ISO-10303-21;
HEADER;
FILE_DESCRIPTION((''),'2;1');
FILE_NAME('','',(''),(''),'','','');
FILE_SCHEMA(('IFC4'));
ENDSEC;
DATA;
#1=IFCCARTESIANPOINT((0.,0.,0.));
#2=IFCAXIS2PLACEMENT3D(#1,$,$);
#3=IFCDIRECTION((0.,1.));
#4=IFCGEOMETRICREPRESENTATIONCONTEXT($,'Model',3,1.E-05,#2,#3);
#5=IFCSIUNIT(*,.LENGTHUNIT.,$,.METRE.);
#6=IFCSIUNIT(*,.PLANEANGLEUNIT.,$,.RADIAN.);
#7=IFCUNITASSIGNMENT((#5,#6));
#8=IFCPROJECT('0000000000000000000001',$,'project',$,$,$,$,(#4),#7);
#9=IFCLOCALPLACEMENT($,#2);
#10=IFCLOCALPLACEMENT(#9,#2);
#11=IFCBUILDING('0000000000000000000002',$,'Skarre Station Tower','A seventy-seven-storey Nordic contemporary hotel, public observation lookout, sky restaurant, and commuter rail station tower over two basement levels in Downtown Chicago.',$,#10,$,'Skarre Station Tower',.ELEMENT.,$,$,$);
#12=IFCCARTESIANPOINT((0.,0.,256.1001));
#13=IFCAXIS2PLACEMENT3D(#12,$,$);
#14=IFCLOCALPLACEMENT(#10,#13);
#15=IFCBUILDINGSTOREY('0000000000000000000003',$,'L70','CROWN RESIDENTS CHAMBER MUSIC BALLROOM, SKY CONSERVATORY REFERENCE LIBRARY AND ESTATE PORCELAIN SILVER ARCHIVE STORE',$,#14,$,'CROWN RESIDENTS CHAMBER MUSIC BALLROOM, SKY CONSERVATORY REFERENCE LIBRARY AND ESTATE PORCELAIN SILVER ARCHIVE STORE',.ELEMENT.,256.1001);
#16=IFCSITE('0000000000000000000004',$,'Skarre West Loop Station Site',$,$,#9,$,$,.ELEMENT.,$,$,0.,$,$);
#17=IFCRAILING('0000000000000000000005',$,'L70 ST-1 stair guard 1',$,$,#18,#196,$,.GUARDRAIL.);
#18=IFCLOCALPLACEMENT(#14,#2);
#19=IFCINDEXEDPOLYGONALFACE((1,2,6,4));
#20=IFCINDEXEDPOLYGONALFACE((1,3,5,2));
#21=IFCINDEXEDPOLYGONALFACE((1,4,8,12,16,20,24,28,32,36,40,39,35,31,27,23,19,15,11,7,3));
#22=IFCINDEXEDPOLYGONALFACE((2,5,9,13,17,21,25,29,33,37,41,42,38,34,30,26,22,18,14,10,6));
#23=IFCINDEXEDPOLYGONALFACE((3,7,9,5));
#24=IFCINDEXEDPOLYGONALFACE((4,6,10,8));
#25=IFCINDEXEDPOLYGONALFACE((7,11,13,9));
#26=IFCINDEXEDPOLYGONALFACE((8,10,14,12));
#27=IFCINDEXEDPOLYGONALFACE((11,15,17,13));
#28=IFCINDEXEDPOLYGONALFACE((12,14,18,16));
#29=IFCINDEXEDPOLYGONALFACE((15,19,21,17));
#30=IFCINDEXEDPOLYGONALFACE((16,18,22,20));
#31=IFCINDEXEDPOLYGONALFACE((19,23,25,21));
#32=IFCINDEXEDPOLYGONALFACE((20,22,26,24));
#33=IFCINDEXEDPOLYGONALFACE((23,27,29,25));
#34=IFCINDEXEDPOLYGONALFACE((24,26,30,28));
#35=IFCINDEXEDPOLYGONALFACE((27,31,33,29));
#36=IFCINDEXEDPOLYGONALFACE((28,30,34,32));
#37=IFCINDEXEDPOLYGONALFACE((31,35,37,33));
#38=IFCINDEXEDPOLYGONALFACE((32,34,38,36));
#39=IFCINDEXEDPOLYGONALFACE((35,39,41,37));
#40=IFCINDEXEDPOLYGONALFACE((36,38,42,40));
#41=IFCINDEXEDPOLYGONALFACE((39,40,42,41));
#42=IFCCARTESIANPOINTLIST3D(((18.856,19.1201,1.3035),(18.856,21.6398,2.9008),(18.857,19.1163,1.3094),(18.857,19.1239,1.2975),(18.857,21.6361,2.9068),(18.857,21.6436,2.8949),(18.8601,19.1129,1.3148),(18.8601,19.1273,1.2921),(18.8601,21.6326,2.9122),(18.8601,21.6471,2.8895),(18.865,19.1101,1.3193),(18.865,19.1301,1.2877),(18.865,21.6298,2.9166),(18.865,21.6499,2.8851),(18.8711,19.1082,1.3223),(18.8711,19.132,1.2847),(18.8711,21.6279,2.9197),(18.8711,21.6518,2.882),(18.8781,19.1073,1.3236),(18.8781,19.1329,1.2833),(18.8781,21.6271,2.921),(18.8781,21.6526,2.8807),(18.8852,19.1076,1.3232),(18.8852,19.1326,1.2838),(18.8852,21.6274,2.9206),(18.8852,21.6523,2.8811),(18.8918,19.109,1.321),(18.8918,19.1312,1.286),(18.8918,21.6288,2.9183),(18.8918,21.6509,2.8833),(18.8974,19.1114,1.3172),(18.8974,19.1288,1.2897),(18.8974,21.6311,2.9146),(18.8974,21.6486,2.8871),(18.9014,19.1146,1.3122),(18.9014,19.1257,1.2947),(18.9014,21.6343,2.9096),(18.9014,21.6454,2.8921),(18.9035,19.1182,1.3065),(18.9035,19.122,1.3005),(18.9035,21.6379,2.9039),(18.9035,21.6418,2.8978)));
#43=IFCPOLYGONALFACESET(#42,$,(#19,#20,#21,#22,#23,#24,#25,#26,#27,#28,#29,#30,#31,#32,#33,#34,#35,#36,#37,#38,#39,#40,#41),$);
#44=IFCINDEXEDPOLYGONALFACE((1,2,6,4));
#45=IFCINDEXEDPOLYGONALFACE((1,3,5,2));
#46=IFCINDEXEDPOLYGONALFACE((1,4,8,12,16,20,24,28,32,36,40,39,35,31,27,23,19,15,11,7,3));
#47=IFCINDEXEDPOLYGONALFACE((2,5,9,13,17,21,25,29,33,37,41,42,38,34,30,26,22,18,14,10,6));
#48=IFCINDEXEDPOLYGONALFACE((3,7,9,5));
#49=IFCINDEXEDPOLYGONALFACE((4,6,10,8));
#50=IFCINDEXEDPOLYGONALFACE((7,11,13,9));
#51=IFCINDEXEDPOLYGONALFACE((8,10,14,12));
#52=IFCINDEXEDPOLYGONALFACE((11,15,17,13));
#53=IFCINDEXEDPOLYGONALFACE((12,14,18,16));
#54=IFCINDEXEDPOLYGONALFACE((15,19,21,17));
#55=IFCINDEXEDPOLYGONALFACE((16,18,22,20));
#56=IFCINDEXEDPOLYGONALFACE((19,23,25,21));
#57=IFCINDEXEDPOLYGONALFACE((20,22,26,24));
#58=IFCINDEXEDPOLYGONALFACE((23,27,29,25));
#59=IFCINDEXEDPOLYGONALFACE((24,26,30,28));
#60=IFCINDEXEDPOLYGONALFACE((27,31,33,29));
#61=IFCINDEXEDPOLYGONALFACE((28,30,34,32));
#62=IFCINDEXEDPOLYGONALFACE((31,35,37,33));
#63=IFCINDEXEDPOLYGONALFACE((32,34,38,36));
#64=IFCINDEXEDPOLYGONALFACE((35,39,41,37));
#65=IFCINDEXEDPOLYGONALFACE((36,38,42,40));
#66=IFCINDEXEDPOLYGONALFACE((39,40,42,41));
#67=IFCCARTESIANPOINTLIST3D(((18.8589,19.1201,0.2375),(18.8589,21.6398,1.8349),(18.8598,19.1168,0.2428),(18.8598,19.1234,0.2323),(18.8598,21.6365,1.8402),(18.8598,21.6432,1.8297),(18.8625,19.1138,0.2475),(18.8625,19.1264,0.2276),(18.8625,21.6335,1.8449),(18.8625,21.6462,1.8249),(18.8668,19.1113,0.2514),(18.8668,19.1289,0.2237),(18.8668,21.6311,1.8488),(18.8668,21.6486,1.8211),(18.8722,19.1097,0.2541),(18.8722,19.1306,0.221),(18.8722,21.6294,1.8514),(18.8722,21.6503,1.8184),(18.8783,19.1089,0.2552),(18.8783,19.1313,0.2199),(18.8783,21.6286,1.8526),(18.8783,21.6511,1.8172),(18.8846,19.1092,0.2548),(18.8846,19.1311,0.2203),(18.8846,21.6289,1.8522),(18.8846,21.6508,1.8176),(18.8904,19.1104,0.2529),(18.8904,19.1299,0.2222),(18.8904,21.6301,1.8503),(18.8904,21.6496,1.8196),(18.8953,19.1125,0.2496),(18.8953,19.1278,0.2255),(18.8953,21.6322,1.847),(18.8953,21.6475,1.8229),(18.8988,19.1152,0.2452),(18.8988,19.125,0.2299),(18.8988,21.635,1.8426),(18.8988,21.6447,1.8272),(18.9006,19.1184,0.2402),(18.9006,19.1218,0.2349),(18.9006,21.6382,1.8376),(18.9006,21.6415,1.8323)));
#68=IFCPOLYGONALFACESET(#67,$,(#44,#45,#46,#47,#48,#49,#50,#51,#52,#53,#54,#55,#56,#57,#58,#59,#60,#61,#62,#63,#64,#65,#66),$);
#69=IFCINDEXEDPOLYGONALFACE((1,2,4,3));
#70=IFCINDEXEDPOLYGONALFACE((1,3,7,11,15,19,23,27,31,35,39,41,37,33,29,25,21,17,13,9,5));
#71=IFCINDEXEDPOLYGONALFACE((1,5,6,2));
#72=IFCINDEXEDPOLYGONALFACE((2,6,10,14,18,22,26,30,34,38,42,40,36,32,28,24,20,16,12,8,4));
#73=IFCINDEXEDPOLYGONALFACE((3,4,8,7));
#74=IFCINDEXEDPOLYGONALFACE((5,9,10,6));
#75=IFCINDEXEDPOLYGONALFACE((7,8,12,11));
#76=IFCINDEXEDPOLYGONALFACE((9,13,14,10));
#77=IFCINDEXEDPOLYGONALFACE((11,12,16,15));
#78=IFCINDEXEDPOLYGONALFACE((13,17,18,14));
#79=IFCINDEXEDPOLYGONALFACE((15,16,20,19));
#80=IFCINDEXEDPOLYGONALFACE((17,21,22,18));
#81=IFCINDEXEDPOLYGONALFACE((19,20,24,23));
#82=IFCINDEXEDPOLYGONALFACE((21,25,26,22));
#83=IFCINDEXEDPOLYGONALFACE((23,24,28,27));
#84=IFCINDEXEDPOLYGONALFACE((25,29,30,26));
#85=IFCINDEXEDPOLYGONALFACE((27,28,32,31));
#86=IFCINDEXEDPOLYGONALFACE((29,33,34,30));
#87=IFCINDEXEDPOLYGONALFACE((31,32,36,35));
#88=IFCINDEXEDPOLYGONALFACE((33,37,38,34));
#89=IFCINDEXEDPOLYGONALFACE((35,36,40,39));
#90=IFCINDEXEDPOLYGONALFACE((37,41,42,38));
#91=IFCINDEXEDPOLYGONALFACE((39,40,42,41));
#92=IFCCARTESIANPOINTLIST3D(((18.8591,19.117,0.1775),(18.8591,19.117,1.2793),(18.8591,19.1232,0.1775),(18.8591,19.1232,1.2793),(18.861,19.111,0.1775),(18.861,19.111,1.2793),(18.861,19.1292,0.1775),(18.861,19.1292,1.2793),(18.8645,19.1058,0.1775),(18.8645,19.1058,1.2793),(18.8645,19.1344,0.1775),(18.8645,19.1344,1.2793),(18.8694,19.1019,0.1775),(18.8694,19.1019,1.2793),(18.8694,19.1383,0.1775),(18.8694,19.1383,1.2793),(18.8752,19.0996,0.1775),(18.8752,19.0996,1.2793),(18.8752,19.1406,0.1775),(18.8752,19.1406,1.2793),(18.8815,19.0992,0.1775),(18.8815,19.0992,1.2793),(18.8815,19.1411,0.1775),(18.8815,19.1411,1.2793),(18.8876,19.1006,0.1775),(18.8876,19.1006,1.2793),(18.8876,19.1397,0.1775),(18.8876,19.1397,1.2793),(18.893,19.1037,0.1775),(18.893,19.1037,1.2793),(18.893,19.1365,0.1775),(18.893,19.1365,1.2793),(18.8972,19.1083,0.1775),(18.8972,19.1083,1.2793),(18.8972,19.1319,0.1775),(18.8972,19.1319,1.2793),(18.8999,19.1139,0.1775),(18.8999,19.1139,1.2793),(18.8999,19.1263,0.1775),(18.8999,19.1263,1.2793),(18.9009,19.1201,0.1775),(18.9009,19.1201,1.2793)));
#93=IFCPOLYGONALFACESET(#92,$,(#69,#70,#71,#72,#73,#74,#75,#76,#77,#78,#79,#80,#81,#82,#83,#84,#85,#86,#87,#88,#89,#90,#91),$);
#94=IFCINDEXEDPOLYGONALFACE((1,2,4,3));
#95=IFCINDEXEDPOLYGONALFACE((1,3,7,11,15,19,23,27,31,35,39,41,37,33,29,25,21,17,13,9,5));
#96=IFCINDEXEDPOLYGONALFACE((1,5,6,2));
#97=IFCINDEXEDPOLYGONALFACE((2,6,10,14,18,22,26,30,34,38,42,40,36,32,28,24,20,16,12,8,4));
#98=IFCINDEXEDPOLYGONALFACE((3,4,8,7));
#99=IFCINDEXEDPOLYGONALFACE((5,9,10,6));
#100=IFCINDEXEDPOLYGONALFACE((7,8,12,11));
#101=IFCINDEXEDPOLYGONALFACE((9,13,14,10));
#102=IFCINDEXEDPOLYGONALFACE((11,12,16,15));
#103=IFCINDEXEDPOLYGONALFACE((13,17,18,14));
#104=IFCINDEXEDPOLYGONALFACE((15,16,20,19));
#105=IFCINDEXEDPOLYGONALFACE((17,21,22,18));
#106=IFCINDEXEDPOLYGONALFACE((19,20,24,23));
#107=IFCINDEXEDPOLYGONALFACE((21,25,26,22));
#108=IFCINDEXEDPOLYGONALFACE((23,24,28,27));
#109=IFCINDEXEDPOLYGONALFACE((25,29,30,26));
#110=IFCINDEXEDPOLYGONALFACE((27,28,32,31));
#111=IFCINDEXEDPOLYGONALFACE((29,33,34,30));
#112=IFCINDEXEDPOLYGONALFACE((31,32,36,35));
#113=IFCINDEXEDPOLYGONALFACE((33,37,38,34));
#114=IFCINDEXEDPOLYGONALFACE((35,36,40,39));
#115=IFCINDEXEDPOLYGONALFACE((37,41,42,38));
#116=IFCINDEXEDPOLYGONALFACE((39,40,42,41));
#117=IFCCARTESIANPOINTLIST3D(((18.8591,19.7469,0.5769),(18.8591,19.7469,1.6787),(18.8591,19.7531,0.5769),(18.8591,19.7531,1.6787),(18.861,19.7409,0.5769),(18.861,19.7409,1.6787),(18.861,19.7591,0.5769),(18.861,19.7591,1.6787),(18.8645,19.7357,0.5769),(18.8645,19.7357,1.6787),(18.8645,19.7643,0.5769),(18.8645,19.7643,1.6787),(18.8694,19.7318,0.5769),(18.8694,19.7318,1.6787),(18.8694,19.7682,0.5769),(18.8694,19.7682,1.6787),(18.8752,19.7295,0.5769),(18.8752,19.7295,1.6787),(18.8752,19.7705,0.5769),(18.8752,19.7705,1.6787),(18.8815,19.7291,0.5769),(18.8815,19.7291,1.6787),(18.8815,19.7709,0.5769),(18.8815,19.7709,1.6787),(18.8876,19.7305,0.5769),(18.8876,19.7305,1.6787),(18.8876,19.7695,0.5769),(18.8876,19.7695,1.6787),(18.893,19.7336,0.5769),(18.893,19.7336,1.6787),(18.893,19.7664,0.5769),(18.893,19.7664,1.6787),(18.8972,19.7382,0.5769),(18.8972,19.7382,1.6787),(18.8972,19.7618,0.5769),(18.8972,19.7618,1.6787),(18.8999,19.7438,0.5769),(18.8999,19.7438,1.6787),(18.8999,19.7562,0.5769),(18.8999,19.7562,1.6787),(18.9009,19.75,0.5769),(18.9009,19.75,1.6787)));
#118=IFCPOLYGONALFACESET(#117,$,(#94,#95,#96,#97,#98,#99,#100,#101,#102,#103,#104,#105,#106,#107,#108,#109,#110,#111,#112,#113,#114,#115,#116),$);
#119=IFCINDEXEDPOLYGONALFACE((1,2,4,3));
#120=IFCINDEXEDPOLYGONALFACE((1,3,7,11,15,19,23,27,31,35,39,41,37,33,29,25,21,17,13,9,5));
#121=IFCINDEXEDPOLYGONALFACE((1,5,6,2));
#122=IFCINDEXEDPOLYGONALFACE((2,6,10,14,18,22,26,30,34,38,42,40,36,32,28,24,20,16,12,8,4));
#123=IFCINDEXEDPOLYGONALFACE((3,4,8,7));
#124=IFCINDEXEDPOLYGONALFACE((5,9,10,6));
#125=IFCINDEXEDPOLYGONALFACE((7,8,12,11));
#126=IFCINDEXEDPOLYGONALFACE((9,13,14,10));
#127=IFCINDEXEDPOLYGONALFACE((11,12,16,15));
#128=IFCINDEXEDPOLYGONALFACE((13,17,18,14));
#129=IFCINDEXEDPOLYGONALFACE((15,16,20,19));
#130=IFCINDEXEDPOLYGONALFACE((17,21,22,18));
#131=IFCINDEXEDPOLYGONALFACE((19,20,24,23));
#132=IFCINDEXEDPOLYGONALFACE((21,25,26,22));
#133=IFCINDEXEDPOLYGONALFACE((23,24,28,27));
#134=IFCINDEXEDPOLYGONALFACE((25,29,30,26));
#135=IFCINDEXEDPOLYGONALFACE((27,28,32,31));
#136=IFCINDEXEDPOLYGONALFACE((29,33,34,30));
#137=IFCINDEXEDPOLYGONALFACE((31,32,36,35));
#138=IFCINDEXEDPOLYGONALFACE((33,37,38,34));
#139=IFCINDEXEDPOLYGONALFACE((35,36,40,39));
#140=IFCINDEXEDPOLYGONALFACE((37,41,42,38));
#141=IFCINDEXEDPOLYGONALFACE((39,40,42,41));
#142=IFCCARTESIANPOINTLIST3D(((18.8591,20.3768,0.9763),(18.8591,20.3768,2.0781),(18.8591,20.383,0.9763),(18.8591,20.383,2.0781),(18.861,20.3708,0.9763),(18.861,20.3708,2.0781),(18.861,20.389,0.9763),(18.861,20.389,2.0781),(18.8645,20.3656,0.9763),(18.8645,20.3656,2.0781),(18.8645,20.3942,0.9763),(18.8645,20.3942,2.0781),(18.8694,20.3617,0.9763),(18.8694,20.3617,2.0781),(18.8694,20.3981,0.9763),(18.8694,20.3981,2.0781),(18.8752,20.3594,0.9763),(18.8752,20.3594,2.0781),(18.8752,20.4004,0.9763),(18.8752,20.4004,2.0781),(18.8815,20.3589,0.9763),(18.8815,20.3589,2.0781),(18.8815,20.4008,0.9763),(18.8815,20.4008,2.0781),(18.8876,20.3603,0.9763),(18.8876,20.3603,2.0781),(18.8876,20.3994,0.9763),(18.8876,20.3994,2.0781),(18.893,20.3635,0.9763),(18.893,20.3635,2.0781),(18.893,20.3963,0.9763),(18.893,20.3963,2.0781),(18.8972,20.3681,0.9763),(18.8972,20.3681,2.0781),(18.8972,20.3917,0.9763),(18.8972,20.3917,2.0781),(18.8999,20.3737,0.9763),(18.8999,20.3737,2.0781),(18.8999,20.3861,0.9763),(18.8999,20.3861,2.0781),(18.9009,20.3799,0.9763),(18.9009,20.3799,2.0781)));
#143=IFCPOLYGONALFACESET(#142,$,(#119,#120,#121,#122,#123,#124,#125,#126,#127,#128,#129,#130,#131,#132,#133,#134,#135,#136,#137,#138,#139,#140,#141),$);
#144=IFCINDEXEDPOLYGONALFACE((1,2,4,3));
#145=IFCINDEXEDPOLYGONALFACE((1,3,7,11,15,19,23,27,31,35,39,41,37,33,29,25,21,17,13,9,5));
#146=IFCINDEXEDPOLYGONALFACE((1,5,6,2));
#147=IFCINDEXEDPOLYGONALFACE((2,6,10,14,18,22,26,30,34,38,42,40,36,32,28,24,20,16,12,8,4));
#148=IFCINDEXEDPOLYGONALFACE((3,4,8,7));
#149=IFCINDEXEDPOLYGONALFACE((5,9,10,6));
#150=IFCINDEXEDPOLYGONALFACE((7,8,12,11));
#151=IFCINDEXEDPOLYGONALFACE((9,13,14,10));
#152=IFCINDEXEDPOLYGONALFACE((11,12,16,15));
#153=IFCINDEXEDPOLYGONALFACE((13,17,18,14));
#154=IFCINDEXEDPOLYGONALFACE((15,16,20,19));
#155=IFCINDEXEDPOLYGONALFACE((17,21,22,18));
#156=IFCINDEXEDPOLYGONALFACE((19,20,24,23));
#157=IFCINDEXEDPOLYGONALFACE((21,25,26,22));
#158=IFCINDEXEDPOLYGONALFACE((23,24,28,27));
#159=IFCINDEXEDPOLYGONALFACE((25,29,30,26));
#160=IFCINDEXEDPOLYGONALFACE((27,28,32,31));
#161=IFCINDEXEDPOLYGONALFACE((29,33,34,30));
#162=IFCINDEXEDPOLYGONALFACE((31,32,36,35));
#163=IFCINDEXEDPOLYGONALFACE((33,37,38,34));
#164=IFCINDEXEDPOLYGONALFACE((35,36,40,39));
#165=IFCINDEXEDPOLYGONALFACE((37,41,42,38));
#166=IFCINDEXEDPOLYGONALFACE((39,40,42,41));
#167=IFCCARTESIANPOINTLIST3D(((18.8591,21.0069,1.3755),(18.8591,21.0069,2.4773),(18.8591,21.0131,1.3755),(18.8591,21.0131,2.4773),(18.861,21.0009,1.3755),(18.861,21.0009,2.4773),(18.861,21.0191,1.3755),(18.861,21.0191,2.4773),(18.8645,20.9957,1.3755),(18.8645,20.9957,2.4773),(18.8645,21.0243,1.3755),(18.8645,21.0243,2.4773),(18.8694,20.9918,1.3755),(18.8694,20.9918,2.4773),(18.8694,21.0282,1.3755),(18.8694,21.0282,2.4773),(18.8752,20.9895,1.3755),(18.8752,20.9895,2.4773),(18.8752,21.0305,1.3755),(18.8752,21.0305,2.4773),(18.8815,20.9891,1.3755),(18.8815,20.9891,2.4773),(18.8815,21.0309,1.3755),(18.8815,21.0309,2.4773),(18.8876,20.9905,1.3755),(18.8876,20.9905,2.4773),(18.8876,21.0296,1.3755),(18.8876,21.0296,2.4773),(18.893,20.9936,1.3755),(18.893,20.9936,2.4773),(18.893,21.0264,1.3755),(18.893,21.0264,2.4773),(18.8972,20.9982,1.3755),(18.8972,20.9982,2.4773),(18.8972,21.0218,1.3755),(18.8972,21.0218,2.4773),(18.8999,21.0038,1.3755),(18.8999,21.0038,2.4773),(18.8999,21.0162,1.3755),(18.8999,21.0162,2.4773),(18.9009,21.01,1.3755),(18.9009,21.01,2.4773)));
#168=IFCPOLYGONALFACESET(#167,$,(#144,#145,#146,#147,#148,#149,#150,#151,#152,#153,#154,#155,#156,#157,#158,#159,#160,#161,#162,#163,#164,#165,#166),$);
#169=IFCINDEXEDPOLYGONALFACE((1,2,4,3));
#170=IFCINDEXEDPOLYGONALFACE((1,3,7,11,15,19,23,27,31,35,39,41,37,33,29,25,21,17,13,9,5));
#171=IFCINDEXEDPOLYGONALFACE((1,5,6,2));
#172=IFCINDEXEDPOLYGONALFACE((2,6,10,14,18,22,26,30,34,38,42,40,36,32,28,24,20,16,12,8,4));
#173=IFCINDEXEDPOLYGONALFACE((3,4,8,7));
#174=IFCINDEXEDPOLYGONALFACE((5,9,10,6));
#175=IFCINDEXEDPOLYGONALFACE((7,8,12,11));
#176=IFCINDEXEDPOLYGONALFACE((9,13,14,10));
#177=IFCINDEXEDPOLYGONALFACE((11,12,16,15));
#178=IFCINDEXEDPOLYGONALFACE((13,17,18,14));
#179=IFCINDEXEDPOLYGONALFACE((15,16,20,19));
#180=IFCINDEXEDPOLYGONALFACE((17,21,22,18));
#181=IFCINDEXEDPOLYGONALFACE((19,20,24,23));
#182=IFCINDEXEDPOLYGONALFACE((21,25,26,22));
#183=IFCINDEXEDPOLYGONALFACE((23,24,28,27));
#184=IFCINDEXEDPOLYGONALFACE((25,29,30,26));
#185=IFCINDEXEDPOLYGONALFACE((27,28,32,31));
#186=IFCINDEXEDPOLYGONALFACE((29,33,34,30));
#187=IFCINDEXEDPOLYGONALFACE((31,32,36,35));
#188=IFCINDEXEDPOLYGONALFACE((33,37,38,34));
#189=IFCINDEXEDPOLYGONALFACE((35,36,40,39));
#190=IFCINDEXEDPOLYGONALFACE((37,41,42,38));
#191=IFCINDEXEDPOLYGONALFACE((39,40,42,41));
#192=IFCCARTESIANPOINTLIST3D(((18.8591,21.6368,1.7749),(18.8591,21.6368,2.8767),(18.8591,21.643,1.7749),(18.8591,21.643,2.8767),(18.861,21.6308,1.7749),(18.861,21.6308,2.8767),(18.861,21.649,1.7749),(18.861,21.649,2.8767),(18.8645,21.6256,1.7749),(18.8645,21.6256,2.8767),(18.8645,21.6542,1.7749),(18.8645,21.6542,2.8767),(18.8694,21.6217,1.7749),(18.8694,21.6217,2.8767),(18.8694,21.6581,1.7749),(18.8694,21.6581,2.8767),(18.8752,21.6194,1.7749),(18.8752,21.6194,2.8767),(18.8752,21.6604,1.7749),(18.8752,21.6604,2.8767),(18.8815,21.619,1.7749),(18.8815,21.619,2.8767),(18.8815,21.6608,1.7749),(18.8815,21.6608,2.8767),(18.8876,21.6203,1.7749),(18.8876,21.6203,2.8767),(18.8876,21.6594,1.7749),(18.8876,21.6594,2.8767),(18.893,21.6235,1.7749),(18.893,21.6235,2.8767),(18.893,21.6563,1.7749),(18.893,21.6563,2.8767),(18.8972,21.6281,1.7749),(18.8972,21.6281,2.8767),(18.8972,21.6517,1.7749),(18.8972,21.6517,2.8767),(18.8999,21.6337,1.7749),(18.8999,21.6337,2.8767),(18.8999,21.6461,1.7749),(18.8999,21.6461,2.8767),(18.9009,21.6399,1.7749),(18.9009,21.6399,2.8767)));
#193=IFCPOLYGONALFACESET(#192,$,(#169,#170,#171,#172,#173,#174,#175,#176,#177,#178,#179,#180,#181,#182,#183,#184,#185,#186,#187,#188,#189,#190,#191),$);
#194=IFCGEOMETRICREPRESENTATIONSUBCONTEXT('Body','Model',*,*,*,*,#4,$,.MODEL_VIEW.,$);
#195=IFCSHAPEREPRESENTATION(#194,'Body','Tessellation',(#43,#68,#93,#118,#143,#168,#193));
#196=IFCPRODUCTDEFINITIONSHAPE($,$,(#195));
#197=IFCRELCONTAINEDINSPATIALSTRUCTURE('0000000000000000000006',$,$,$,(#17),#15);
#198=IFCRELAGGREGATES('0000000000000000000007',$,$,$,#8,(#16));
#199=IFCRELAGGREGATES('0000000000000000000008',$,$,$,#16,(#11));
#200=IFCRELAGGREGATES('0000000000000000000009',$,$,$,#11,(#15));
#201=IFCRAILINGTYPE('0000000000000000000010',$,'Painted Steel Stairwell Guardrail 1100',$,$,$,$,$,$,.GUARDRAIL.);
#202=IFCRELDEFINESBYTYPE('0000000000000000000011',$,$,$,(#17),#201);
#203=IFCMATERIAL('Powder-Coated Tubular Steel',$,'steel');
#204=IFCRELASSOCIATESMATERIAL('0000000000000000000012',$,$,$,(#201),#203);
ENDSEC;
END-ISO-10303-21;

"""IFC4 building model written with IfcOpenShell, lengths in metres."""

from ifc_helpers import new_model, si_unit, direction, frame, origin, origin_2d, place, context, subcontext, project, spatial, circle, extrude, material, type_object, element, save


model = new_model("IFC4")

# Units and contexts
model_context = context("Model", 3, precision=1e-05, world=origin(), true_north=direction((0.0, 1.0)))
body_context = subcontext(model_context, "Body", "Model", "MODEL_VIEW")
ifc_project = project(units=[si_unit("LENGTHUNIT", "METRE"), si_unit("PLANEANGLEUNIT", "RADIAN")], contexts=[model_context])

# Site, building, storey
site_placement = place(None, origin())
site = spatial("IfcSite", under=ifc_project, at=site_placement, Name="Skarre West Loop Station Site", CompositionType="ELEMENT", RefElevation=0.0)
building_placement = place(site_placement, origin())
building = spatial("IfcBuilding", under=site, at=building_placement, Name="Skarre Station Tower", Description="A seventy-seven-storey Nordic contemporary hotel, public observation lookout, sky restaurant, and commuter rail station tower over two basement levels in Downtown Chicago.", LongName="Skarre Station Tower", CompositionType="ELEMENT")
storey_placement = place(building_placement, frame((0.0, 0.0, 256.1001)))
storey = spatial("IfcBuildingStorey", under=building, at=storey_placement, Name="L70", Description="CROWN RESIDENTS CHAMBER MUSIC BALLROOM, SKY CONSERVATORY REFERENCE LIBRARY AND ESTATE PORCELAIN SILVER ARCHIVE STORE", LongName="CROWN RESIDENTS CHAMBER MUSIC BALLROOM, SKY CONSERVATORY REFERENCE LIBRARY AND ESTATE PORCELAIN SILVER ARCHIVE STORE", CompositionType="ELEMENT", Elevation=256.1001)

# Railing
ifc_material_1 = material(Name="Powder-Coated Tubular Steel", Category="steel")
railing_type_1 = type_object("IfcRailingType", Name="Painted Steel Stairwell Guardrail 1100", PredefinedType="GUARDRAIL", material=ifc_material_1)
railing_1_placement = place(storey_placement, frame((18.8799, 19.1201, 0.1775)))
element("IfcRailing", 1, at=railing_1_placement, inside=storey, type_object=railing_type_1, Name="L70 ST-1 stair guard 1", PredefinedType="GUARDRAIL", context=body_context, shape_type="SweptSolid", body=[
    extrude(circle(Radius=0.0239, at=origin_2d()), frame((0.0, 0.0, 1.126), z_axis=(0.0, 0.844583, 0.535424), x_axis=(-1.0, 0.0, 0.0)), (0.0, 0.0, 1.0), 2.9834),
    extrude(circle(Radius=0.021, at=origin_2d()), frame((0.0, 0.0, 0.0601), z_axis=(0.0, 0.844583, 0.535424), x_axis=(-1.0, 0.0, 0.0)), (0.0, 0.0, 1.0), 2.9834),
    extrude(circle(Radius=0.021, at=origin_2d()), origin(), (0.0, 0.0, 1.0), 1.1018),
    extrude(circle(Radius=0.021, at=origin_2d()), frame((0.0, 0.6299, 0.3994)), (0.0, 0.0, 1.0), 1.1018),
    extrude(circle(Radius=0.021, at=origin_2d()), frame((0.0, 1.2598, 0.7988)), (0.0, 0.0, 1.0), 1.1018),
    extrude(circle(Radius=0.021, at=origin_2d()), frame((0.0, 1.8899, 1.198)), (0.0, 0.0, 1.0), 1.1018),
    extrude(circle(Radius=0.021, at=origin_2d()), frame((0.0, 2.5198, 1.5974)), (0.0, 0.0, 1.0), 1.1018),
])

save(model, "model.ifc")
